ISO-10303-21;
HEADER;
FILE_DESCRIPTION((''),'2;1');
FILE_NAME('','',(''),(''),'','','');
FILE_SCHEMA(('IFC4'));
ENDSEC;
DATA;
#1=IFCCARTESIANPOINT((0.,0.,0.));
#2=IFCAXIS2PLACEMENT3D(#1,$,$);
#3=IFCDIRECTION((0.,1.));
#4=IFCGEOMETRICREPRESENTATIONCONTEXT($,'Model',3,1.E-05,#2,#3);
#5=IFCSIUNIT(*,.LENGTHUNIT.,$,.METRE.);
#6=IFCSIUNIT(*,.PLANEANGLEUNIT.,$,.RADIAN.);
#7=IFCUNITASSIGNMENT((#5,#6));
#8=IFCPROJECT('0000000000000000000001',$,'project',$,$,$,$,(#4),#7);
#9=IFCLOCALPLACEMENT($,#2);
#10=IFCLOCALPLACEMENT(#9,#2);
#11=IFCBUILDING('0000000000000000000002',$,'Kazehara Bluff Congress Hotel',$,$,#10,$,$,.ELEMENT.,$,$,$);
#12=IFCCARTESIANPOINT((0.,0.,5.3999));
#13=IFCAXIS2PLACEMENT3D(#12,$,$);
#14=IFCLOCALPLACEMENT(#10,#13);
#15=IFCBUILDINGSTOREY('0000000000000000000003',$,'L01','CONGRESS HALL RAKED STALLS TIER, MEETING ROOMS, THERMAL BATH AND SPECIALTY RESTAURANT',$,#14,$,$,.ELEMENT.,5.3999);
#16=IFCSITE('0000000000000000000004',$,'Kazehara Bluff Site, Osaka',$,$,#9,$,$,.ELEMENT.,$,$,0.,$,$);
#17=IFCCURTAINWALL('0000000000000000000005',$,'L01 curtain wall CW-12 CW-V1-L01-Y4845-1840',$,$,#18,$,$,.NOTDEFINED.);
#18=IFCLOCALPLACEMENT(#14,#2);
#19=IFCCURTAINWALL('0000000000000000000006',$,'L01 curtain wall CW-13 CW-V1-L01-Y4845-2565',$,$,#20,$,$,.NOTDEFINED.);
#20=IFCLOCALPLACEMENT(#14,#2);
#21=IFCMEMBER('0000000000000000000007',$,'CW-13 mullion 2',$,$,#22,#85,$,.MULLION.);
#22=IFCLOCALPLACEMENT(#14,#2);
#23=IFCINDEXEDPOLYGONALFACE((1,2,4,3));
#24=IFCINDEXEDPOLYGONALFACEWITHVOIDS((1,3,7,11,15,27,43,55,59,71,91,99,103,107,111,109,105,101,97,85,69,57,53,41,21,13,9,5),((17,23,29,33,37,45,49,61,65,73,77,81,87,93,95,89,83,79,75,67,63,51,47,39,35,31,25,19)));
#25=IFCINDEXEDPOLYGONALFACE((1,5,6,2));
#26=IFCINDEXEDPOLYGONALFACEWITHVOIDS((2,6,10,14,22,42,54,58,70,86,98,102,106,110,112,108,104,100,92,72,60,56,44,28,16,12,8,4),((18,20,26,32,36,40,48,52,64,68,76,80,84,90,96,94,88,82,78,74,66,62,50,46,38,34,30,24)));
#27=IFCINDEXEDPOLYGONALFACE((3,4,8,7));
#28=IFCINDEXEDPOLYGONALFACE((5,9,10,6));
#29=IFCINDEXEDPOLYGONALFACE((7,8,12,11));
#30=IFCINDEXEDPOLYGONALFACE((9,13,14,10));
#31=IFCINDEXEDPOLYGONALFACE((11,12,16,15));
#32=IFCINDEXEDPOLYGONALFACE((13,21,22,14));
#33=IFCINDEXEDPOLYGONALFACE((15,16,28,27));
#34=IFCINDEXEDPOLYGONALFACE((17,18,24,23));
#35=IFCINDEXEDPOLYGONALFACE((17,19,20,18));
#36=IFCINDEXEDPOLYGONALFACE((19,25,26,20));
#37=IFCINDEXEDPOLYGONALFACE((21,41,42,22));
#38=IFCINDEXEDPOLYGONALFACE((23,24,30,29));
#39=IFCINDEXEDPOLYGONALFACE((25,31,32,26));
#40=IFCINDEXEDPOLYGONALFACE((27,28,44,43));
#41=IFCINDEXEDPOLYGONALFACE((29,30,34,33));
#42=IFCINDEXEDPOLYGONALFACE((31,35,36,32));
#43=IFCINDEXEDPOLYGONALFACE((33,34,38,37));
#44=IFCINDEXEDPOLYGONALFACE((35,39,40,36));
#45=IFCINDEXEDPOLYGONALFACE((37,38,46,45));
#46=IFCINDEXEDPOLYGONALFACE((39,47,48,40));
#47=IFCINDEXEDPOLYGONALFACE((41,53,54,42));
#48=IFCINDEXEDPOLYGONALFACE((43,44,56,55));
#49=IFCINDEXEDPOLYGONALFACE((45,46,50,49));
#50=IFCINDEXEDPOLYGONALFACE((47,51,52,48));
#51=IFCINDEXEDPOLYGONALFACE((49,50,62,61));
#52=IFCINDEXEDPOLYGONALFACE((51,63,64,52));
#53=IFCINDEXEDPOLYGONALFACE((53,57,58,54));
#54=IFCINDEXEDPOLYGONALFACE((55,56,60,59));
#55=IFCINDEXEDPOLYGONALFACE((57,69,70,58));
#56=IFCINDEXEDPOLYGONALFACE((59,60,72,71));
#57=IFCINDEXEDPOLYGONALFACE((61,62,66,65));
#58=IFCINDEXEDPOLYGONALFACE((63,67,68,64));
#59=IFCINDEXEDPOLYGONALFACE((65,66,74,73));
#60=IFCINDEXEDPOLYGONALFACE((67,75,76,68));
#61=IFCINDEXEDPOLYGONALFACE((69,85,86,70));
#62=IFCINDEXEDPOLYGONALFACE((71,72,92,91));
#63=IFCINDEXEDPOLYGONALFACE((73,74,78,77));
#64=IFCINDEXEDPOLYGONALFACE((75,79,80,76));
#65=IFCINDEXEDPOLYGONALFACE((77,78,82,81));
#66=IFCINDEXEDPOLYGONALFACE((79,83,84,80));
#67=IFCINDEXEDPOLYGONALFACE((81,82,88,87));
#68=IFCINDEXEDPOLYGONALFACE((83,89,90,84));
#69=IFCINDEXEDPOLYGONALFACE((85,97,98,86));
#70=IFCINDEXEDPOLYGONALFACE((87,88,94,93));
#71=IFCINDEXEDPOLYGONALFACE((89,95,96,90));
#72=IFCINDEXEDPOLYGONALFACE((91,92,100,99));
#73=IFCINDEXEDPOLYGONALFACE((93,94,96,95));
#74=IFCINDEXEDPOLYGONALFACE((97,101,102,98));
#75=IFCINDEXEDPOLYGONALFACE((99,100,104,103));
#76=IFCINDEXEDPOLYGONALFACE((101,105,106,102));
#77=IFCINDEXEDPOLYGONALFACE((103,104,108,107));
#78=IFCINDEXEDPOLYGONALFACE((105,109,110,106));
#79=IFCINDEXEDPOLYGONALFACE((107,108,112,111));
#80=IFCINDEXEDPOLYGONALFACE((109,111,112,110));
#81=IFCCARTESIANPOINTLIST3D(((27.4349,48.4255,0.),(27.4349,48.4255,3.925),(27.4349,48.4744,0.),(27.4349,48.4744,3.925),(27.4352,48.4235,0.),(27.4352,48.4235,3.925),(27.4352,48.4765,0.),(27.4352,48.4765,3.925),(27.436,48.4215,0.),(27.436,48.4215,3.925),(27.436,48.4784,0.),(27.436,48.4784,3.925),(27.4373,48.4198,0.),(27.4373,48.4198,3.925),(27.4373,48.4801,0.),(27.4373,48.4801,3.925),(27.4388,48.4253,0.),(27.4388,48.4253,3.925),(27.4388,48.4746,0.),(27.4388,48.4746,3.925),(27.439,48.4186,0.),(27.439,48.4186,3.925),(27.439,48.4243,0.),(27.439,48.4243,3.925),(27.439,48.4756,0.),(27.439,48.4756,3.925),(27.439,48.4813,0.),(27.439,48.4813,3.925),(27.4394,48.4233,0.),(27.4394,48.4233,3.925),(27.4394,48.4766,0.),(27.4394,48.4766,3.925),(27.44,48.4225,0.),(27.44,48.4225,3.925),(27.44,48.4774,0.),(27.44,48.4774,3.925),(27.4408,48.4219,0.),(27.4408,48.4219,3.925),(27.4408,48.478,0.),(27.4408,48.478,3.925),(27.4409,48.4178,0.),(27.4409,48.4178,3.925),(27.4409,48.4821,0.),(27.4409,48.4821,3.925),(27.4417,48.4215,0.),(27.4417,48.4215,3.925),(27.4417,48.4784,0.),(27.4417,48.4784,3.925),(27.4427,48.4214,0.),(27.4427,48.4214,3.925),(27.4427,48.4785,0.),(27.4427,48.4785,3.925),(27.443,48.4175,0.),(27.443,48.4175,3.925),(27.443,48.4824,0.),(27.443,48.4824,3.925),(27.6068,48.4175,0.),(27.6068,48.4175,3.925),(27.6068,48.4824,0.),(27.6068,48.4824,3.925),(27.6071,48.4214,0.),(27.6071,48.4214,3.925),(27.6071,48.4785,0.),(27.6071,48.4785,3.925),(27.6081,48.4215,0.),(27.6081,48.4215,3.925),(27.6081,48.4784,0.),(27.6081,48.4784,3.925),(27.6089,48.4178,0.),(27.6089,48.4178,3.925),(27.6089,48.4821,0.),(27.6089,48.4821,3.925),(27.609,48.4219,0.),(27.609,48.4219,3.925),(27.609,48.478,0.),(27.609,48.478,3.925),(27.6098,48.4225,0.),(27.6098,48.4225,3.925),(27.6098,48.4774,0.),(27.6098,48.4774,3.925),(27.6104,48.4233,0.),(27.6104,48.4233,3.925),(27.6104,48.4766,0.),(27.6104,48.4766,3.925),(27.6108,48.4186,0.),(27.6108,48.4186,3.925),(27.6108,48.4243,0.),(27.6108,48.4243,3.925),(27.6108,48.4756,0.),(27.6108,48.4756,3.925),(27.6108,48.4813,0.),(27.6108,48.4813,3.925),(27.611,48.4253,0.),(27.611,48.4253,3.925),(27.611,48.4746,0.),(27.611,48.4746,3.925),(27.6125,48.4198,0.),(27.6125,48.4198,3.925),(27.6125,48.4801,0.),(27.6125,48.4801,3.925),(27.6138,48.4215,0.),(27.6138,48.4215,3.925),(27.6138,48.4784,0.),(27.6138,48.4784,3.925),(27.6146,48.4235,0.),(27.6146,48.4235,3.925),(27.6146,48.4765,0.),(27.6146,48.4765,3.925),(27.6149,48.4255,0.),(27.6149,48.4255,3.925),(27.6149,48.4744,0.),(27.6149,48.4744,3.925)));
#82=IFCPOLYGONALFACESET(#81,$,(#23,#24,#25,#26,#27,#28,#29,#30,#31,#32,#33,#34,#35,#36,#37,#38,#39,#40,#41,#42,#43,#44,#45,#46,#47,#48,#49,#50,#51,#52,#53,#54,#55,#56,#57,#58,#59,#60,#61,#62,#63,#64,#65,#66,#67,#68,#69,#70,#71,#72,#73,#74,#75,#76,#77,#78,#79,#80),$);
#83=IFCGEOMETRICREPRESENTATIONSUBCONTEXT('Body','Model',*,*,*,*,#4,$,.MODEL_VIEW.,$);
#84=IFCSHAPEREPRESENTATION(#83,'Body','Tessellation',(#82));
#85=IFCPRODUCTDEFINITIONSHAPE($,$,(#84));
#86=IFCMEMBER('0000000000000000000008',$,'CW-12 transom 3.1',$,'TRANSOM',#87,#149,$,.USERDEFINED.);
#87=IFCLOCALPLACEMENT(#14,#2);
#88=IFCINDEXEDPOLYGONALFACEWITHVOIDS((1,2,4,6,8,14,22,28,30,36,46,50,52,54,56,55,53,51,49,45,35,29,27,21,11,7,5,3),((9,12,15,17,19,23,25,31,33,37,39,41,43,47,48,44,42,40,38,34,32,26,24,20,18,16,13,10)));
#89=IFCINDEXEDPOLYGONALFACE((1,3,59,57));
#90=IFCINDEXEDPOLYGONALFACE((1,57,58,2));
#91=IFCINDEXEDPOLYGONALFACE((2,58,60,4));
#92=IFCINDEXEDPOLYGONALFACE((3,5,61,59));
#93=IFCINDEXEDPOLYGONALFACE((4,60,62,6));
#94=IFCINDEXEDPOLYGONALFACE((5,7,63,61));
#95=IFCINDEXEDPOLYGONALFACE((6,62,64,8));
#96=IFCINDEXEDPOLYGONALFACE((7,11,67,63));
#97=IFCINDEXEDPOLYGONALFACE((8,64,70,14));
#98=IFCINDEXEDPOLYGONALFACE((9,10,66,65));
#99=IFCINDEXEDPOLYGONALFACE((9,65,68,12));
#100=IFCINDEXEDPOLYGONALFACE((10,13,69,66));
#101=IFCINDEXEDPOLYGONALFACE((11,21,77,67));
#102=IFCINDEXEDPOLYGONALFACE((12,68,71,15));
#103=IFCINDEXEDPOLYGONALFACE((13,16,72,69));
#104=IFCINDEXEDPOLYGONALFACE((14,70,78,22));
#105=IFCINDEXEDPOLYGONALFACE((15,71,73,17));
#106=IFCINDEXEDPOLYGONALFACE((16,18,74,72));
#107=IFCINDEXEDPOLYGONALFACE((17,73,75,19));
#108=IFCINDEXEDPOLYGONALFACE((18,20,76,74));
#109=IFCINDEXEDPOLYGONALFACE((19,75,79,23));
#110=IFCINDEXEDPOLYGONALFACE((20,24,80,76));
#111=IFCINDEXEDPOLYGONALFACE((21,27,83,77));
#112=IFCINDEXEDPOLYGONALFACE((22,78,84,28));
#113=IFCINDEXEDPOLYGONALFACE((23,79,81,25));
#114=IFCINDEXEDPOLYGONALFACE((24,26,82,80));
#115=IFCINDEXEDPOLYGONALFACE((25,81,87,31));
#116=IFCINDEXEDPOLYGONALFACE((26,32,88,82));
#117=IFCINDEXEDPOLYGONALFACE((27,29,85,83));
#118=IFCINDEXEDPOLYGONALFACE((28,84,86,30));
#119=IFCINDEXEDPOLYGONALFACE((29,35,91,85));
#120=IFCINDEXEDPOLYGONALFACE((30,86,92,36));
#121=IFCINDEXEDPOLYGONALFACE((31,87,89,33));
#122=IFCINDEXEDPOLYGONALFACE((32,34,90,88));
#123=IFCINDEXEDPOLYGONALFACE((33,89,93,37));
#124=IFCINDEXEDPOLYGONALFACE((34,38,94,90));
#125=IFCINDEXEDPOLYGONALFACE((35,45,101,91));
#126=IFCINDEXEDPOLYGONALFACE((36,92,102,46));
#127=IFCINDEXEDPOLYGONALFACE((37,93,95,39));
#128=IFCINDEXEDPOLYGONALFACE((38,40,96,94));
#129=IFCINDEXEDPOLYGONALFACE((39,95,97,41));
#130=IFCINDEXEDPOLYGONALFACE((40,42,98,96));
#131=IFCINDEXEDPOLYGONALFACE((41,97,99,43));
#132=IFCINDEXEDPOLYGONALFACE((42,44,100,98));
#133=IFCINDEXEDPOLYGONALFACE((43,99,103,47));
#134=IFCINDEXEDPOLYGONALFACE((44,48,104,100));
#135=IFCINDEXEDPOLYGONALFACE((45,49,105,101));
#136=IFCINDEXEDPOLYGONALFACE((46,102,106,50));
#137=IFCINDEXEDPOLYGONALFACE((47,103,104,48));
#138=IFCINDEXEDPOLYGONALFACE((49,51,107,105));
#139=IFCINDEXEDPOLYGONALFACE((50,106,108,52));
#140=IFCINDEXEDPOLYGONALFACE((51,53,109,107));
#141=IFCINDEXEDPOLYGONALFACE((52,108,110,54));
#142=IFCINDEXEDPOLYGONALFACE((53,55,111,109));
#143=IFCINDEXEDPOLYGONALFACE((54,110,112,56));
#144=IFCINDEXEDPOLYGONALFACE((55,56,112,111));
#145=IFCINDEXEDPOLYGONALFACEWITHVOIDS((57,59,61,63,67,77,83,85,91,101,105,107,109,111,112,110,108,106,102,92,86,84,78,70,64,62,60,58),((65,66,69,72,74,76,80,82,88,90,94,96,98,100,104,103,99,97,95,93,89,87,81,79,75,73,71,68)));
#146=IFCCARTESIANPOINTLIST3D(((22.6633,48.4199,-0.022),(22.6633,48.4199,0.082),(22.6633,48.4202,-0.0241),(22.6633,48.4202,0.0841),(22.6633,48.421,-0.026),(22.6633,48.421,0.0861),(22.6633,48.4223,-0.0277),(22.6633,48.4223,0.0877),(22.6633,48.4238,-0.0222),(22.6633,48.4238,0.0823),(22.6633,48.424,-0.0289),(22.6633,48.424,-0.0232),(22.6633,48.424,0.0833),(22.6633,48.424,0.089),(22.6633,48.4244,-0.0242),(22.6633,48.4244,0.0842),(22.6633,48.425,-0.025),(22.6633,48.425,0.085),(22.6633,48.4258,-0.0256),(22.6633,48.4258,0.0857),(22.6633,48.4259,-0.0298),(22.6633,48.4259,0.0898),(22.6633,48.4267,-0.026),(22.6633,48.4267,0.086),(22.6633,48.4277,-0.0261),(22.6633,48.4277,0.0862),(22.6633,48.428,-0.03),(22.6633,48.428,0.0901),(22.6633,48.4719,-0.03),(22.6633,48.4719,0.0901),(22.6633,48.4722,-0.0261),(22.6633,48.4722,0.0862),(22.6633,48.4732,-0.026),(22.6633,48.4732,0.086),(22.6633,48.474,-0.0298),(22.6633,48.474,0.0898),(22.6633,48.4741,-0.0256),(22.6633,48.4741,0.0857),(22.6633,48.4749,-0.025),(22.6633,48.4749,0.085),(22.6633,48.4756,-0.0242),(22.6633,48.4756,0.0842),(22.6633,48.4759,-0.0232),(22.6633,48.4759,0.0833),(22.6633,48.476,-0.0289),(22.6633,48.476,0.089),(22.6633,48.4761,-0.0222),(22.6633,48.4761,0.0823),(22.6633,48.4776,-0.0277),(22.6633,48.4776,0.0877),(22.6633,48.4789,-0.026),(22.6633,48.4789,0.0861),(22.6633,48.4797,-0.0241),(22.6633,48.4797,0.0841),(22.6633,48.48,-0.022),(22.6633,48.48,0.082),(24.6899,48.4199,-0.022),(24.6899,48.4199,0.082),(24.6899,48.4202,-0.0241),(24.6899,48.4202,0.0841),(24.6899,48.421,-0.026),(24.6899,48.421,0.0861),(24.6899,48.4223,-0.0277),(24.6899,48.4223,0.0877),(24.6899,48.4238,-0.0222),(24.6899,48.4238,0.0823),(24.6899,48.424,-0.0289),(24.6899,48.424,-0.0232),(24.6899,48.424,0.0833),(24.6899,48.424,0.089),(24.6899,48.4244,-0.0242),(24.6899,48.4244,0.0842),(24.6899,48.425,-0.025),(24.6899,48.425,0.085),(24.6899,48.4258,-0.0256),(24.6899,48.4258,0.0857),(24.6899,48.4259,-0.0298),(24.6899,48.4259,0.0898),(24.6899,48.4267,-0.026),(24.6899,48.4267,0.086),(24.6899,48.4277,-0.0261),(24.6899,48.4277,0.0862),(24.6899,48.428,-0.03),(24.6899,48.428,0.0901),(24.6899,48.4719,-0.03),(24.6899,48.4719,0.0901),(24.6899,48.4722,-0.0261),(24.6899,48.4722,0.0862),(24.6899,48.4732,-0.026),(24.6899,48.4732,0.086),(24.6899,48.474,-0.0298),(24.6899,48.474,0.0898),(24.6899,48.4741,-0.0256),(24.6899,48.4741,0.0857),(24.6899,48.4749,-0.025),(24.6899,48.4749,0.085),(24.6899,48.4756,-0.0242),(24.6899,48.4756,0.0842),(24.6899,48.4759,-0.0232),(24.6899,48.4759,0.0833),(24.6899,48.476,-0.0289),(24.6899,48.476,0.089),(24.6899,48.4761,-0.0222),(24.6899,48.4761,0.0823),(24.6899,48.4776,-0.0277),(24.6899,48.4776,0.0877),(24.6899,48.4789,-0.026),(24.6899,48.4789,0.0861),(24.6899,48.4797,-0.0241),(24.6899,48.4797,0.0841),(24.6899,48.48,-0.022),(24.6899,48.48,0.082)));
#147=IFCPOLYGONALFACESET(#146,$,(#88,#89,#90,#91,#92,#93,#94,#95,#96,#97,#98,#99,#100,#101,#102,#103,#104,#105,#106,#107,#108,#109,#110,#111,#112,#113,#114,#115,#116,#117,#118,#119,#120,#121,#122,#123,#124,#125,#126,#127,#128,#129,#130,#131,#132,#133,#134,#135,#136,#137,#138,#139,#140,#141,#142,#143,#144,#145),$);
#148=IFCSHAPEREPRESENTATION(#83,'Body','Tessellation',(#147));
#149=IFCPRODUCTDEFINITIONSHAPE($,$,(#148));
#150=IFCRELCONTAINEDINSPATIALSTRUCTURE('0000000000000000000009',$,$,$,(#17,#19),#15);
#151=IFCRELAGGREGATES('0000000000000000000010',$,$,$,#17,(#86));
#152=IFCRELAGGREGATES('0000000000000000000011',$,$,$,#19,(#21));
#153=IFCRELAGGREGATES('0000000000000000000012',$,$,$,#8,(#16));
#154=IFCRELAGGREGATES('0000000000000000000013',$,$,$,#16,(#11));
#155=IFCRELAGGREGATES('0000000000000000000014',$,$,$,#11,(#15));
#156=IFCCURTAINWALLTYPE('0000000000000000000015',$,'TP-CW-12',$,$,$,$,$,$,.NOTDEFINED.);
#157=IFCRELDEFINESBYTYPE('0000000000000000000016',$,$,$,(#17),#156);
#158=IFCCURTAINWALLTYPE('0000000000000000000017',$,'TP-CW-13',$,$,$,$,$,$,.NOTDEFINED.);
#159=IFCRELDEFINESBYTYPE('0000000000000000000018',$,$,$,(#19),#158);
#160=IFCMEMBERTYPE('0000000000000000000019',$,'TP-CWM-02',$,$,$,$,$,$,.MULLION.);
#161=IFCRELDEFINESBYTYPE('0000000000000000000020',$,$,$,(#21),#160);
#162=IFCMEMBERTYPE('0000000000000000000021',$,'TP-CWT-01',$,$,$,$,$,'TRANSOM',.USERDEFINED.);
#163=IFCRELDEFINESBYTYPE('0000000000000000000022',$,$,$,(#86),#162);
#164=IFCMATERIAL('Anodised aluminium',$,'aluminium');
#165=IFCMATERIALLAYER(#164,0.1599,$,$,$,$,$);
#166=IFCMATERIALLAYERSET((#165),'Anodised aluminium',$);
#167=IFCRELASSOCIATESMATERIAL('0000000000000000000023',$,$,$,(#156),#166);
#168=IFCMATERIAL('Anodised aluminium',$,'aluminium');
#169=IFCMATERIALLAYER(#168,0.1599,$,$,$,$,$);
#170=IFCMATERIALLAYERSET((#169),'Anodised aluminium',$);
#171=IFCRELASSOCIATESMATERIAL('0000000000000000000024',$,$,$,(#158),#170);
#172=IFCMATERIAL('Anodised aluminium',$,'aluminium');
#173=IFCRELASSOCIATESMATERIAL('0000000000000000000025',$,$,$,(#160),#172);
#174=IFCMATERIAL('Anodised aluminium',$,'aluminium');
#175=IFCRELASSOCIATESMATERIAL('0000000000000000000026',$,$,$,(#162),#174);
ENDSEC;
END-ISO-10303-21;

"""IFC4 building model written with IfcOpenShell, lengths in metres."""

from ifc_helpers import new_model, si_unit, direction, frame, origin, origin_2d, place, context, subcontext, project, spatial, hollow_rectangle, extrude, material, layer, layer_set, material_profile, profile_set, type_object, element, aggregate, save


model = new_model("IFC4")

# Units and contexts
model_context = context("Model", 3, precision=1e-05, world=origin(), true_north=direction((0.0, 1.0)))
body_context = subcontext(model_context, "Body", "Model", "MODEL_VIEW")
ifc_project = project(units=[si_unit("LENGTHUNIT", "METRE"), si_unit("PLANEANGLEUNIT", "RADIAN")], contexts=[model_context])

# Site, building, storey
site_placement = place(None, origin())
site = spatial("IfcSite", under=ifc_project, at=site_placement, Name="Kazehara Bluff Site, Osaka", CompositionType="ELEMENT", RefElevation=0.0)
building_placement = place(site_placement, origin())
building = spatial("IfcBuilding", under=site, at=building_placement, Name="Kazehara Bluff Congress Hotel", CompositionType="ELEMENT")
storey_placement = place(building_placement, frame((0.0, 0.0, 5.3999)))
storey = spatial("IfcBuildingStorey", under=building, at=storey_placement, Name="L01", Description="CONGRESS HALL RAKED STALLS TIER, MEETING ROOMS, THERMAL BATH AND SPECIALTY RESTAURANT", CompositionType="ELEMENT", Elevation=5.3999)

# Curtain walls, member
ifc_material_1 = material(Name="Anodised aluminium", Category="aluminium")
ifc_layer_1 = layer(ifc_material_1, 0.1599)
ifc_layer_set_1 = layer_set([ifc_layer_1], Name="Anodised aluminium")
curtain_wall_type_1 = type_object("IfcCurtainWallType", Name="TP-CW-12", PredefinedType="NOTDEFINED", material=ifc_layer_set_1)
curtain_wall_1_placement = place(storey_placement, origin())
curtain_wall_1 = element("IfcCurtainWall", 1, at=curtain_wall_1_placement, inside=storey, type_object=curtain_wall_type_1, Name="L01 curtain wall CW-12 CW-V1-L01-Y4845-1840", PredefinedType="NOTDEFINED")
ifc_material_2 = material(Name="Anodised aluminium", Category="aluminium")
ifc_layer_2 = layer(ifc_material_2, 0.1599)
ifc_layer_set_2 = layer_set([ifc_layer_2], Name="Anodised aluminium")
curtain_wall_type_2 = type_object("IfcCurtainWallType", Name="TP-CW-13", PredefinedType="NOTDEFINED", material=ifc_layer_set_2)
curtain_wall_2_placement = place(storey_placement, origin())
curtain_wall_2 = element("IfcCurtainWall", 2, at=curtain_wall_2_placement, inside=storey, type_object=curtain_wall_type_2, Name="L01 curtain wall CW-13 CW-V1-L01-Y4845-2565", PredefinedType="NOTDEFINED")
ifc_material_3 = material(Name="Anodised aluminium", Category="aluminium")
ifc_material_profile_1 = material_profile(ifc_material_3, hollow_rectangle(XDim=0.0649, YDim=0.1799, WallThickness=0.0039, InnerFilletRadius=0.0039, OuterFilletRadius=0.0081, at=origin_2d()))
ifc_profile_set_1 = profile_set([ifc_material_profile_1], Name="Anodised aluminium")
member_type_1 = type_object("IfcMemberType", Name="TP-CWM-02", PredefinedType="MULLION", material=ifc_profile_set_1)
member_1_placement = place(storey_placement, frame((27.5249, 48.45, 0.0), z_axis=(0.0, 0.0, 1.0), x_axis=(0.0, 1.0, 0.0)))
member_1 = element("IfcMember", 3, at=member_1_placement, type_object=member_type_1, Name="CW-13 mullion 2", PredefinedType="MULLION", context=body_context, shape_type="SweptSolid", body=[
    extrude(hollow_rectangle(XDim=0.0649, YDim=0.1799, WallThickness=0.0039, InnerFilletRadius=0.0039, OuterFilletRadius=0.0081, at=origin_2d()), origin(), (0.0, 0.0, 1.0), 3.925),
])

# Member
ifc_material_4 = material(Name="Anodised aluminium", Category="aluminium")
ifc_material_profile_2 = material_profile(ifc_material_4, hollow_rectangle(XDim=0.0601, YDim=0.1201, WallThickness=0.0039, InnerFilletRadius=0.0039, OuterFilletRadius=0.0081, at=origin_2d()))
ifc_profile_set_2 = profile_set([ifc_material_profile_2], Name="Anodised aluminium")
member_type_2 = type_object("IfcMemberType", Name="TP-CWT-01", ElementType="TRANSOM", PredefinedType="USERDEFINED", material=ifc_profile_set_2)
member_2_placement = place(storey_placement, frame((22.6633, 48.45, 0.03), z_axis=(1.0, 0.0, 0.0), x_axis=(0.0, 1.0, 0.0)))
member_2 = element("IfcMember", 4, at=member_2_placement, type_object=member_type_2, Name="CW-12 transom 3.1", ObjectType="TRANSOM", PredefinedType="USERDEFINED", context=body_context, shape_type="SweptSolid", body=[
    extrude(hollow_rectangle(XDim=0.0601, YDim=0.1201, WallThickness=0.0039, InnerFilletRadius=0.0039, OuterFilletRadius=0.0081, at=origin_2d()), origin(), (0.0, 0.0, 1.0), 2.0266),
])

aggregate(curtain_wall_1, [member_2])
aggregate(curtain_wall_2, [member_1])

save(model, "model.ifc")
